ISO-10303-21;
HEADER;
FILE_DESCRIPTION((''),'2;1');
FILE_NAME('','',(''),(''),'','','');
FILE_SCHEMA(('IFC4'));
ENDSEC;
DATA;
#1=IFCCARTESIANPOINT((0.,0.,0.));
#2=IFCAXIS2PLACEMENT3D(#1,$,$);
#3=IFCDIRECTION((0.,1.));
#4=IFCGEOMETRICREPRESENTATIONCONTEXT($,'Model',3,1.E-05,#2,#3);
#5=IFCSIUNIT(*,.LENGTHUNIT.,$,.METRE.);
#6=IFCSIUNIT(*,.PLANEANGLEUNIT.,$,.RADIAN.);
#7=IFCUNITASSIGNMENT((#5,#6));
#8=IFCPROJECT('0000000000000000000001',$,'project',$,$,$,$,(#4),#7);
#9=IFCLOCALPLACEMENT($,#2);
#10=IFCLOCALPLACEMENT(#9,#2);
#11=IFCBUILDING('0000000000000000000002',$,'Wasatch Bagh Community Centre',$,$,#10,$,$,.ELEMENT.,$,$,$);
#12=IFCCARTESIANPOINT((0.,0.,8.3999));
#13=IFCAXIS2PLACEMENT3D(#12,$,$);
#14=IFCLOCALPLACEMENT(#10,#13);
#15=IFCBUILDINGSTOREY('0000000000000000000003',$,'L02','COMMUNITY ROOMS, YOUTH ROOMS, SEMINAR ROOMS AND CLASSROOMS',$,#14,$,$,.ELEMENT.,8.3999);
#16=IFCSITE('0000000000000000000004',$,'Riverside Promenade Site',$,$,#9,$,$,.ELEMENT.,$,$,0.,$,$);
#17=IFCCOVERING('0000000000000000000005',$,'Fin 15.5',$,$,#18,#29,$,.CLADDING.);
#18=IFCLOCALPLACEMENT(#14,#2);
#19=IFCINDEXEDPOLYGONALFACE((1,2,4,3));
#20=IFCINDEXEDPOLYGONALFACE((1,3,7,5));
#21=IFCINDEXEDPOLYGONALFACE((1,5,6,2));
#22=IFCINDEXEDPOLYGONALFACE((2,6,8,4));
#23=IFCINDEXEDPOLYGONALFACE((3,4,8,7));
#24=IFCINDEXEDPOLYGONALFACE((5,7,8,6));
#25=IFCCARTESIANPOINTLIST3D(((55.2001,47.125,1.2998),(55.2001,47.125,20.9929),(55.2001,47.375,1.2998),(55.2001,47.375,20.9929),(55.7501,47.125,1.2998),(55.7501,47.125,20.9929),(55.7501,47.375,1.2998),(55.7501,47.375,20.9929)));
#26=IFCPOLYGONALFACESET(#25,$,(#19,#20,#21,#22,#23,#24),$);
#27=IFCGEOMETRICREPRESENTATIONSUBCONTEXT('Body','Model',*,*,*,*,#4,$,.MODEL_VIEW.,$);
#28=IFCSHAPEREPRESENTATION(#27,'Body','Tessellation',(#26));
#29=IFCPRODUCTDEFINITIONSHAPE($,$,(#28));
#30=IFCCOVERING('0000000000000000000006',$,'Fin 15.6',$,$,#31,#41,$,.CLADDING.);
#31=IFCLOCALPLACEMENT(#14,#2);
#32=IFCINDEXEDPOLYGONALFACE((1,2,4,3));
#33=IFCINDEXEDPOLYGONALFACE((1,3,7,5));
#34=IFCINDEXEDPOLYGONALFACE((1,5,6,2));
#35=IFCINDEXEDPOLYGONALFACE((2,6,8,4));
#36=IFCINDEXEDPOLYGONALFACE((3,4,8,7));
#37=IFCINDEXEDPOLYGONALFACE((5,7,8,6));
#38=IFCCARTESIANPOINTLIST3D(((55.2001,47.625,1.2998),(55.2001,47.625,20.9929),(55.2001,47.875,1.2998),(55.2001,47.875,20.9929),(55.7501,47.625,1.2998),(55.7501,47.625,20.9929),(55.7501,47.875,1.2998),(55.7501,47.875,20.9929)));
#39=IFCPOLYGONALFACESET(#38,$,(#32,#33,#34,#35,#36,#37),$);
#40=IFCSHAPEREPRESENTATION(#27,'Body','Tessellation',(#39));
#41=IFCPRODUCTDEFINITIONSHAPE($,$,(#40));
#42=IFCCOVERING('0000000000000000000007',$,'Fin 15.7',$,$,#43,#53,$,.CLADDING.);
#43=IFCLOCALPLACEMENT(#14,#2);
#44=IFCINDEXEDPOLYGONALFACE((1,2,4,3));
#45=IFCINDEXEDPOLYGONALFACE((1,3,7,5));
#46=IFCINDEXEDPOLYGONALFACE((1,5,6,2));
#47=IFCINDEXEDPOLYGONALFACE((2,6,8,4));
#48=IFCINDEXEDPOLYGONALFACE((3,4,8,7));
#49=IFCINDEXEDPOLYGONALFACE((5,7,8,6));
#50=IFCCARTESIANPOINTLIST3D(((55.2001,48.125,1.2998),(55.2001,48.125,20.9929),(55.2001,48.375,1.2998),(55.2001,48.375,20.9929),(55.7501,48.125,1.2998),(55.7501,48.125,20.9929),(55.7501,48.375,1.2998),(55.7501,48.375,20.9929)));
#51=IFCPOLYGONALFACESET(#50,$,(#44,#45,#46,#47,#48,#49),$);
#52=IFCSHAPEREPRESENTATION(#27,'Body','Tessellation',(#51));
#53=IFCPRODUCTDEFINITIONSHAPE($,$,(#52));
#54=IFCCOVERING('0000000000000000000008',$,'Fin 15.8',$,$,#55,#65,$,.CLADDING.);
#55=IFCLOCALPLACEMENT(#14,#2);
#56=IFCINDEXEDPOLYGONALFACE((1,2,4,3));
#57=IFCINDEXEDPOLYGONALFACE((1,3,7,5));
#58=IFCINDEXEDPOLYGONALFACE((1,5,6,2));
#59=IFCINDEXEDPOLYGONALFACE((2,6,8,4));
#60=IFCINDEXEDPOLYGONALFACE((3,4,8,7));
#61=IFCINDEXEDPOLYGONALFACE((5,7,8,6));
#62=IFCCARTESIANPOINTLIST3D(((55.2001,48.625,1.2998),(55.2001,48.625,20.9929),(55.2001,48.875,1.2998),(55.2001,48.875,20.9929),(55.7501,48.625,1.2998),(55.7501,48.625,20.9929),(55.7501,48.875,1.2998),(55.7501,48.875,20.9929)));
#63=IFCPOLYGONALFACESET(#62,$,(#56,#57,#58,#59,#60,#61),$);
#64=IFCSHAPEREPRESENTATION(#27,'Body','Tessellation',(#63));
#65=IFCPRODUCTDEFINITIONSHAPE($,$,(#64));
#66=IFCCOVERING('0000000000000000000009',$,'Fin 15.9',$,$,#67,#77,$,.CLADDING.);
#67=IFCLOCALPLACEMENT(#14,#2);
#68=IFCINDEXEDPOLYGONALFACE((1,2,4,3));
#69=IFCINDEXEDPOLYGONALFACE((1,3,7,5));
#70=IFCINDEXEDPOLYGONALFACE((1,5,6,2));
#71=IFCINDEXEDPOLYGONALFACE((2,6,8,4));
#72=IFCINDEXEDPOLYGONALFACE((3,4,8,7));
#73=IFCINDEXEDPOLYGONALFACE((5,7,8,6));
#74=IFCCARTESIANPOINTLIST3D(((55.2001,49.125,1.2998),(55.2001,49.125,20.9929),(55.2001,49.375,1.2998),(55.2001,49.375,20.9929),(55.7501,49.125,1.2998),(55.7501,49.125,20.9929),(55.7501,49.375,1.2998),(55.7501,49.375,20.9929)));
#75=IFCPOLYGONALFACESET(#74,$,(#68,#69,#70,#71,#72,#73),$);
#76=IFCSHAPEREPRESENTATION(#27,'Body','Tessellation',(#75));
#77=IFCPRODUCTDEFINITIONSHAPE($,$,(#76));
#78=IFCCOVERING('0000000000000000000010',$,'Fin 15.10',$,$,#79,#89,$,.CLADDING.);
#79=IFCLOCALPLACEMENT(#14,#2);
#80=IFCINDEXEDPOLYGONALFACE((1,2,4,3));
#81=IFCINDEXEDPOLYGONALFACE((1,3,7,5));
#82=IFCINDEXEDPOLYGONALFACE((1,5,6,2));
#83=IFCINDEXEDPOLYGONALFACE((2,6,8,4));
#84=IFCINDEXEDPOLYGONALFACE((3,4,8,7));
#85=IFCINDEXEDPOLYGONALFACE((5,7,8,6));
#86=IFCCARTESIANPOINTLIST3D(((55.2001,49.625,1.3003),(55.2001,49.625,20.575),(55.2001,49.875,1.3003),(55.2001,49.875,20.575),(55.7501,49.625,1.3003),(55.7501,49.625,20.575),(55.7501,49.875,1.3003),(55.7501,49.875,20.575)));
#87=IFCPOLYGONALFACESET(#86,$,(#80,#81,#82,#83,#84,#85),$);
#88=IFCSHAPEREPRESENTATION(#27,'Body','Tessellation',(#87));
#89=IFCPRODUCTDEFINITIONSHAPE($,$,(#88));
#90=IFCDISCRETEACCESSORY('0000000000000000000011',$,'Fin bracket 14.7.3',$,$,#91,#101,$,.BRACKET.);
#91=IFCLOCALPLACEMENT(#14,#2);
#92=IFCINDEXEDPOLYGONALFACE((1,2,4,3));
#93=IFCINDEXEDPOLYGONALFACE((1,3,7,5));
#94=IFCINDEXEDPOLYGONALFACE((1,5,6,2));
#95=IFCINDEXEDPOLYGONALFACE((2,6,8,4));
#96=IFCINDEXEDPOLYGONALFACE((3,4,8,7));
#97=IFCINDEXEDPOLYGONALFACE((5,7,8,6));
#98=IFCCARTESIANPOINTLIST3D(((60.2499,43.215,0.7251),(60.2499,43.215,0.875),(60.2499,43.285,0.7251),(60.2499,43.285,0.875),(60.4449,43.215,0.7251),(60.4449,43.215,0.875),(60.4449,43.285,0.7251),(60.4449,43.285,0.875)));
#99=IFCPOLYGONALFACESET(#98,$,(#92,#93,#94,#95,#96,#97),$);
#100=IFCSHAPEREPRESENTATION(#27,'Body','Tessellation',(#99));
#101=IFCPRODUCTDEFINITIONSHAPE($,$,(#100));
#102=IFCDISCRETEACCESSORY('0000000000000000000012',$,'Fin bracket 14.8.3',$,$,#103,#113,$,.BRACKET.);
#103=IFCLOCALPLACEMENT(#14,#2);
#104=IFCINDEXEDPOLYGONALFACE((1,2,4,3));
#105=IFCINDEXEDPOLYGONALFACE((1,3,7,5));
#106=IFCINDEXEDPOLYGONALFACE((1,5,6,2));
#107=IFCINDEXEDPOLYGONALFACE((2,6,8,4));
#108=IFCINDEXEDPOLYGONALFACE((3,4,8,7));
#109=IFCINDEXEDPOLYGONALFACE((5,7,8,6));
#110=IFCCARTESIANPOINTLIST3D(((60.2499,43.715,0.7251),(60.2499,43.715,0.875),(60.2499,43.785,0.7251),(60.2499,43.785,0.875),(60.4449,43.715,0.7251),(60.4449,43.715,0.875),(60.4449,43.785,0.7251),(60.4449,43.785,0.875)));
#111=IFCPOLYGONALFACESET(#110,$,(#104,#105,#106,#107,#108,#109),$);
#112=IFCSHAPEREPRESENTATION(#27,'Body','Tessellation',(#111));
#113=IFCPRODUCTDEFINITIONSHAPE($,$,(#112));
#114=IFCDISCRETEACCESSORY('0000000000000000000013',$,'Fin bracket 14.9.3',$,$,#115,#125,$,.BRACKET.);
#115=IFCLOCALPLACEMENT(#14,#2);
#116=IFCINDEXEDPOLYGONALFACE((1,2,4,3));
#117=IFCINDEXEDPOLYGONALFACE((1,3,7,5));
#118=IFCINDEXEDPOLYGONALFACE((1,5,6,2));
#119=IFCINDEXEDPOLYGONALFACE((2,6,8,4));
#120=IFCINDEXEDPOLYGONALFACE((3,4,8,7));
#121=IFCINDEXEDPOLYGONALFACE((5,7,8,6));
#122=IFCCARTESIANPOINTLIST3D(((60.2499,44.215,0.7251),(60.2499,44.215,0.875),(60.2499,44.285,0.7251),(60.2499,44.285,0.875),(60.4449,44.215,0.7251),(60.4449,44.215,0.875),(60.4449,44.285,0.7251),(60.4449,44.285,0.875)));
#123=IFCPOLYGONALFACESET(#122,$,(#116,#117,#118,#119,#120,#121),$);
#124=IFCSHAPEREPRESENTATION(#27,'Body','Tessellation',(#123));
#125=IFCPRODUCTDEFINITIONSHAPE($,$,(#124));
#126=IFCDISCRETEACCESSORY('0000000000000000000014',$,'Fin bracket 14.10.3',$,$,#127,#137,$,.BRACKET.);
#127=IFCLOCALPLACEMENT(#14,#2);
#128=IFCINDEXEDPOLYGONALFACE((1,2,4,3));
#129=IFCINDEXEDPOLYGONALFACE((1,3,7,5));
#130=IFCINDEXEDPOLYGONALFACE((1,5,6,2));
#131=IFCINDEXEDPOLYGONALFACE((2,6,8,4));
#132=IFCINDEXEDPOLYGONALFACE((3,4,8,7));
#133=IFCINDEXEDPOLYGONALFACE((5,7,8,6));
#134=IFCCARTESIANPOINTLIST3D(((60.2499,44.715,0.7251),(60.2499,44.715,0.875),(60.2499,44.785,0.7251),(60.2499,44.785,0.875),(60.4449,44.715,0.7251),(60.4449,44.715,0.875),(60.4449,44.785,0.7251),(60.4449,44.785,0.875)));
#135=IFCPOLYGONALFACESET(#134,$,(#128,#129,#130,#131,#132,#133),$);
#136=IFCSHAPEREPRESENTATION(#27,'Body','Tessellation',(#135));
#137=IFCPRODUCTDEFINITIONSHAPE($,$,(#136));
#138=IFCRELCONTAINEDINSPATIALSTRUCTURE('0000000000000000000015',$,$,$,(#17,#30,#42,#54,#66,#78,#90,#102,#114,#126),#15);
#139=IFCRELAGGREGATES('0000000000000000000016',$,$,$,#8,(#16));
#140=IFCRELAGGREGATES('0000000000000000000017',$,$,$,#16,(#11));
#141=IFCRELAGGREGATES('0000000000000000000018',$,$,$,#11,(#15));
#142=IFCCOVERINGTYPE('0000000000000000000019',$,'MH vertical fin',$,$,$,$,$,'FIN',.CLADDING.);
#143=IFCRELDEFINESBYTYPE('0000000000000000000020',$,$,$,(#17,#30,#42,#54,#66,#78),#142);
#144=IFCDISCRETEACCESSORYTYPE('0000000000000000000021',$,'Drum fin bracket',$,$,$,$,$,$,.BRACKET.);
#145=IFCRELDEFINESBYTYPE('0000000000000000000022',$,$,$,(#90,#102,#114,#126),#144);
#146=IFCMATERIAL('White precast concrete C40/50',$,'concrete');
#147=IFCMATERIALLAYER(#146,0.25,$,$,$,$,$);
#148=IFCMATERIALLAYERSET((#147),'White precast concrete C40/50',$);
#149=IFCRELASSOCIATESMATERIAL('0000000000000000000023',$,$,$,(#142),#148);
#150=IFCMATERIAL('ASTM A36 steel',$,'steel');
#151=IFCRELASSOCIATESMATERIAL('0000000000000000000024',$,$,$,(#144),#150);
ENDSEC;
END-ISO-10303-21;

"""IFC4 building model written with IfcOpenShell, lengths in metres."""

from ifc_helpers import new_model, si_unit, direction, frame, origin, origin_2d, place, context, subcontext, project, spatial, rectangle, extrude, material, layer, layer_set, type_object, element, save


model = new_model("IFC4")

# Units and contexts
model_context = context("Model", 3, precision=1e-05, world=origin(), true_north=direction((0.0, 1.0)))
body_context = subcontext(model_context, "Body", "Model", "MODEL_VIEW")
ifc_project = project(units=[si_unit("LENGTHUNIT", "METRE"), si_unit("PLANEANGLEUNIT", "RADIAN")], contexts=[model_context])

# Site, building, storey
site_placement = place(None, origin())
site = spatial("IfcSite", under=ifc_project, at=site_placement, Name="Riverside Promenade Site", CompositionType="ELEMENT", RefElevation=0.0)
building_placement = place(site_placement, origin())
building = spatial("IfcBuilding", under=site, at=building_placement, Name="Wasatch Bagh Community Centre", CompositionType="ELEMENT")
storey_placement = place(building_placement, frame((0.0, 0.0, 8.3999)))
storey = spatial("IfcBuildingStorey", under=building, at=storey_placement, Name="L02", Description="COMMUNITY ROOMS, YOUTH ROOMS, SEMINAR ROOMS AND CLASSROOMS", CompositionType="ELEMENT", Elevation=8.3999)

# Coverings
ifc_material_1 = material(Name="White precast concrete C40/50", Category="concrete")
ifc_layer_1 = layer(ifc_material_1, 0.25)
ifc_layer_set_1 = layer_set([ifc_layer_1], Name="White precast concrete C40/50")
covering_type = type_object("IfcCoveringType", Name="MH vertical fin", ElementType="FIN", PredefinedType="CLADDING", material=ifc_layer_set_1)
for number, where, z_axis, x_axis, name in (
    (1, (55.4751, 47.25, 1.2998), (0.0, 0.0, 1.0), (0.0, 1.0, 0.0), "Fin 15.5"),
    (2, (55.4751, 47.75, 1.2998), (0.0, 0.0, 1.0), (0.0, 1.0, 0.0), "Fin 15.6"),
    (3, (55.4751, 48.25, 1.2998), (0.0, 0.0, 1.0), (0.0, 1.0, 0.0), "Fin 15.7"),
    (4, (55.4751, 48.75, 1.2998), (0.0, 0.0, 1.0), (0.0, 1.0, 0.0), "Fin 15.8"),
    (5, (55.4751, 49.25, 1.2998), (0.0, 0.0, 1.0), (0.0, 1.0, 0.0), "Fin 15.9"),
):
    element("IfcCovering", number, at=place(storey_placement, frame(where, z_axis=z_axis, x_axis=x_axis)), inside=storey, type_object=covering_type, Name=name, PredefinedType="CLADDING", context=body_context, shape_type="SweptSolid", body=[
        extrude(rectangle(XDim=0.25, YDim=0.55, at=origin_2d()), origin(), (0.0, 0.0, 1.0), 19.6931),
    ])
covering_placement = place(storey_placement, frame((55.4751, 49.75, 1.3003), z_axis=(0.0, 0.0, 1.0), x_axis=(0.0, 1.0, 0.0)))
element("IfcCovering", 6, at=covering_placement, inside=storey, type_object=covering_type, Name="Fin 15.10", PredefinedType="CLADDING", context=body_context, shape_type="SweptSolid", body=[
    extrude(rectangle(XDim=0.25, YDim=0.55, at=origin_2d()), origin(), (0.0, 0.0, 1.0), 19.2747),
])

# Discrete accessories
ifc_material_2 = material(Name="ASTM A36 steel", Category="steel")
discrete_accessory_type = type_object("IfcDiscreteAccessoryType", Name="Drum fin bracket", PredefinedType="BRACKET", material=ifc_material_2)
for number, where, z_axis, x_axis, name in (
    (7, (60.3474, 43.25, 0.7251), (0.0, 0.0, 1.0), (0.0, 1.0, 0.0), "Fin bracket 14.7.3"),
    (8, (60.3474, 43.75, 0.7251), (0.0, 0.0, 1.0), (0.0, 1.0, 0.0), "Fin bracket 14.8.3"),
    (9, (60.3474, 44.25, 0.7251), (0.0, 0.0, 1.0), (0.0, 1.0, 0.0), "Fin bracket 14.9.3"),
    (10, (60.3474, 44.75, 0.7251), (0.0, 0.0, 1.0), (0.0, 1.0, 0.0), "Fin bracket 14.10.3"),
):
    element("IfcDiscreteAccessory", number, at=place(storey_placement, frame(where, z_axis=z_axis, x_axis=x_axis)), inside=storey, type_object=discrete_accessory_type, Name=name, PredefinedType="BRACKET", context=body_context, shape_type="SweptSolid", body=[
        extrude(rectangle(XDim=0.0701, YDim=0.1951, at=origin_2d()), origin(), (0.0, 0.0, 1.0), 0.1499),
    ])

save(model, "model.ifc")
